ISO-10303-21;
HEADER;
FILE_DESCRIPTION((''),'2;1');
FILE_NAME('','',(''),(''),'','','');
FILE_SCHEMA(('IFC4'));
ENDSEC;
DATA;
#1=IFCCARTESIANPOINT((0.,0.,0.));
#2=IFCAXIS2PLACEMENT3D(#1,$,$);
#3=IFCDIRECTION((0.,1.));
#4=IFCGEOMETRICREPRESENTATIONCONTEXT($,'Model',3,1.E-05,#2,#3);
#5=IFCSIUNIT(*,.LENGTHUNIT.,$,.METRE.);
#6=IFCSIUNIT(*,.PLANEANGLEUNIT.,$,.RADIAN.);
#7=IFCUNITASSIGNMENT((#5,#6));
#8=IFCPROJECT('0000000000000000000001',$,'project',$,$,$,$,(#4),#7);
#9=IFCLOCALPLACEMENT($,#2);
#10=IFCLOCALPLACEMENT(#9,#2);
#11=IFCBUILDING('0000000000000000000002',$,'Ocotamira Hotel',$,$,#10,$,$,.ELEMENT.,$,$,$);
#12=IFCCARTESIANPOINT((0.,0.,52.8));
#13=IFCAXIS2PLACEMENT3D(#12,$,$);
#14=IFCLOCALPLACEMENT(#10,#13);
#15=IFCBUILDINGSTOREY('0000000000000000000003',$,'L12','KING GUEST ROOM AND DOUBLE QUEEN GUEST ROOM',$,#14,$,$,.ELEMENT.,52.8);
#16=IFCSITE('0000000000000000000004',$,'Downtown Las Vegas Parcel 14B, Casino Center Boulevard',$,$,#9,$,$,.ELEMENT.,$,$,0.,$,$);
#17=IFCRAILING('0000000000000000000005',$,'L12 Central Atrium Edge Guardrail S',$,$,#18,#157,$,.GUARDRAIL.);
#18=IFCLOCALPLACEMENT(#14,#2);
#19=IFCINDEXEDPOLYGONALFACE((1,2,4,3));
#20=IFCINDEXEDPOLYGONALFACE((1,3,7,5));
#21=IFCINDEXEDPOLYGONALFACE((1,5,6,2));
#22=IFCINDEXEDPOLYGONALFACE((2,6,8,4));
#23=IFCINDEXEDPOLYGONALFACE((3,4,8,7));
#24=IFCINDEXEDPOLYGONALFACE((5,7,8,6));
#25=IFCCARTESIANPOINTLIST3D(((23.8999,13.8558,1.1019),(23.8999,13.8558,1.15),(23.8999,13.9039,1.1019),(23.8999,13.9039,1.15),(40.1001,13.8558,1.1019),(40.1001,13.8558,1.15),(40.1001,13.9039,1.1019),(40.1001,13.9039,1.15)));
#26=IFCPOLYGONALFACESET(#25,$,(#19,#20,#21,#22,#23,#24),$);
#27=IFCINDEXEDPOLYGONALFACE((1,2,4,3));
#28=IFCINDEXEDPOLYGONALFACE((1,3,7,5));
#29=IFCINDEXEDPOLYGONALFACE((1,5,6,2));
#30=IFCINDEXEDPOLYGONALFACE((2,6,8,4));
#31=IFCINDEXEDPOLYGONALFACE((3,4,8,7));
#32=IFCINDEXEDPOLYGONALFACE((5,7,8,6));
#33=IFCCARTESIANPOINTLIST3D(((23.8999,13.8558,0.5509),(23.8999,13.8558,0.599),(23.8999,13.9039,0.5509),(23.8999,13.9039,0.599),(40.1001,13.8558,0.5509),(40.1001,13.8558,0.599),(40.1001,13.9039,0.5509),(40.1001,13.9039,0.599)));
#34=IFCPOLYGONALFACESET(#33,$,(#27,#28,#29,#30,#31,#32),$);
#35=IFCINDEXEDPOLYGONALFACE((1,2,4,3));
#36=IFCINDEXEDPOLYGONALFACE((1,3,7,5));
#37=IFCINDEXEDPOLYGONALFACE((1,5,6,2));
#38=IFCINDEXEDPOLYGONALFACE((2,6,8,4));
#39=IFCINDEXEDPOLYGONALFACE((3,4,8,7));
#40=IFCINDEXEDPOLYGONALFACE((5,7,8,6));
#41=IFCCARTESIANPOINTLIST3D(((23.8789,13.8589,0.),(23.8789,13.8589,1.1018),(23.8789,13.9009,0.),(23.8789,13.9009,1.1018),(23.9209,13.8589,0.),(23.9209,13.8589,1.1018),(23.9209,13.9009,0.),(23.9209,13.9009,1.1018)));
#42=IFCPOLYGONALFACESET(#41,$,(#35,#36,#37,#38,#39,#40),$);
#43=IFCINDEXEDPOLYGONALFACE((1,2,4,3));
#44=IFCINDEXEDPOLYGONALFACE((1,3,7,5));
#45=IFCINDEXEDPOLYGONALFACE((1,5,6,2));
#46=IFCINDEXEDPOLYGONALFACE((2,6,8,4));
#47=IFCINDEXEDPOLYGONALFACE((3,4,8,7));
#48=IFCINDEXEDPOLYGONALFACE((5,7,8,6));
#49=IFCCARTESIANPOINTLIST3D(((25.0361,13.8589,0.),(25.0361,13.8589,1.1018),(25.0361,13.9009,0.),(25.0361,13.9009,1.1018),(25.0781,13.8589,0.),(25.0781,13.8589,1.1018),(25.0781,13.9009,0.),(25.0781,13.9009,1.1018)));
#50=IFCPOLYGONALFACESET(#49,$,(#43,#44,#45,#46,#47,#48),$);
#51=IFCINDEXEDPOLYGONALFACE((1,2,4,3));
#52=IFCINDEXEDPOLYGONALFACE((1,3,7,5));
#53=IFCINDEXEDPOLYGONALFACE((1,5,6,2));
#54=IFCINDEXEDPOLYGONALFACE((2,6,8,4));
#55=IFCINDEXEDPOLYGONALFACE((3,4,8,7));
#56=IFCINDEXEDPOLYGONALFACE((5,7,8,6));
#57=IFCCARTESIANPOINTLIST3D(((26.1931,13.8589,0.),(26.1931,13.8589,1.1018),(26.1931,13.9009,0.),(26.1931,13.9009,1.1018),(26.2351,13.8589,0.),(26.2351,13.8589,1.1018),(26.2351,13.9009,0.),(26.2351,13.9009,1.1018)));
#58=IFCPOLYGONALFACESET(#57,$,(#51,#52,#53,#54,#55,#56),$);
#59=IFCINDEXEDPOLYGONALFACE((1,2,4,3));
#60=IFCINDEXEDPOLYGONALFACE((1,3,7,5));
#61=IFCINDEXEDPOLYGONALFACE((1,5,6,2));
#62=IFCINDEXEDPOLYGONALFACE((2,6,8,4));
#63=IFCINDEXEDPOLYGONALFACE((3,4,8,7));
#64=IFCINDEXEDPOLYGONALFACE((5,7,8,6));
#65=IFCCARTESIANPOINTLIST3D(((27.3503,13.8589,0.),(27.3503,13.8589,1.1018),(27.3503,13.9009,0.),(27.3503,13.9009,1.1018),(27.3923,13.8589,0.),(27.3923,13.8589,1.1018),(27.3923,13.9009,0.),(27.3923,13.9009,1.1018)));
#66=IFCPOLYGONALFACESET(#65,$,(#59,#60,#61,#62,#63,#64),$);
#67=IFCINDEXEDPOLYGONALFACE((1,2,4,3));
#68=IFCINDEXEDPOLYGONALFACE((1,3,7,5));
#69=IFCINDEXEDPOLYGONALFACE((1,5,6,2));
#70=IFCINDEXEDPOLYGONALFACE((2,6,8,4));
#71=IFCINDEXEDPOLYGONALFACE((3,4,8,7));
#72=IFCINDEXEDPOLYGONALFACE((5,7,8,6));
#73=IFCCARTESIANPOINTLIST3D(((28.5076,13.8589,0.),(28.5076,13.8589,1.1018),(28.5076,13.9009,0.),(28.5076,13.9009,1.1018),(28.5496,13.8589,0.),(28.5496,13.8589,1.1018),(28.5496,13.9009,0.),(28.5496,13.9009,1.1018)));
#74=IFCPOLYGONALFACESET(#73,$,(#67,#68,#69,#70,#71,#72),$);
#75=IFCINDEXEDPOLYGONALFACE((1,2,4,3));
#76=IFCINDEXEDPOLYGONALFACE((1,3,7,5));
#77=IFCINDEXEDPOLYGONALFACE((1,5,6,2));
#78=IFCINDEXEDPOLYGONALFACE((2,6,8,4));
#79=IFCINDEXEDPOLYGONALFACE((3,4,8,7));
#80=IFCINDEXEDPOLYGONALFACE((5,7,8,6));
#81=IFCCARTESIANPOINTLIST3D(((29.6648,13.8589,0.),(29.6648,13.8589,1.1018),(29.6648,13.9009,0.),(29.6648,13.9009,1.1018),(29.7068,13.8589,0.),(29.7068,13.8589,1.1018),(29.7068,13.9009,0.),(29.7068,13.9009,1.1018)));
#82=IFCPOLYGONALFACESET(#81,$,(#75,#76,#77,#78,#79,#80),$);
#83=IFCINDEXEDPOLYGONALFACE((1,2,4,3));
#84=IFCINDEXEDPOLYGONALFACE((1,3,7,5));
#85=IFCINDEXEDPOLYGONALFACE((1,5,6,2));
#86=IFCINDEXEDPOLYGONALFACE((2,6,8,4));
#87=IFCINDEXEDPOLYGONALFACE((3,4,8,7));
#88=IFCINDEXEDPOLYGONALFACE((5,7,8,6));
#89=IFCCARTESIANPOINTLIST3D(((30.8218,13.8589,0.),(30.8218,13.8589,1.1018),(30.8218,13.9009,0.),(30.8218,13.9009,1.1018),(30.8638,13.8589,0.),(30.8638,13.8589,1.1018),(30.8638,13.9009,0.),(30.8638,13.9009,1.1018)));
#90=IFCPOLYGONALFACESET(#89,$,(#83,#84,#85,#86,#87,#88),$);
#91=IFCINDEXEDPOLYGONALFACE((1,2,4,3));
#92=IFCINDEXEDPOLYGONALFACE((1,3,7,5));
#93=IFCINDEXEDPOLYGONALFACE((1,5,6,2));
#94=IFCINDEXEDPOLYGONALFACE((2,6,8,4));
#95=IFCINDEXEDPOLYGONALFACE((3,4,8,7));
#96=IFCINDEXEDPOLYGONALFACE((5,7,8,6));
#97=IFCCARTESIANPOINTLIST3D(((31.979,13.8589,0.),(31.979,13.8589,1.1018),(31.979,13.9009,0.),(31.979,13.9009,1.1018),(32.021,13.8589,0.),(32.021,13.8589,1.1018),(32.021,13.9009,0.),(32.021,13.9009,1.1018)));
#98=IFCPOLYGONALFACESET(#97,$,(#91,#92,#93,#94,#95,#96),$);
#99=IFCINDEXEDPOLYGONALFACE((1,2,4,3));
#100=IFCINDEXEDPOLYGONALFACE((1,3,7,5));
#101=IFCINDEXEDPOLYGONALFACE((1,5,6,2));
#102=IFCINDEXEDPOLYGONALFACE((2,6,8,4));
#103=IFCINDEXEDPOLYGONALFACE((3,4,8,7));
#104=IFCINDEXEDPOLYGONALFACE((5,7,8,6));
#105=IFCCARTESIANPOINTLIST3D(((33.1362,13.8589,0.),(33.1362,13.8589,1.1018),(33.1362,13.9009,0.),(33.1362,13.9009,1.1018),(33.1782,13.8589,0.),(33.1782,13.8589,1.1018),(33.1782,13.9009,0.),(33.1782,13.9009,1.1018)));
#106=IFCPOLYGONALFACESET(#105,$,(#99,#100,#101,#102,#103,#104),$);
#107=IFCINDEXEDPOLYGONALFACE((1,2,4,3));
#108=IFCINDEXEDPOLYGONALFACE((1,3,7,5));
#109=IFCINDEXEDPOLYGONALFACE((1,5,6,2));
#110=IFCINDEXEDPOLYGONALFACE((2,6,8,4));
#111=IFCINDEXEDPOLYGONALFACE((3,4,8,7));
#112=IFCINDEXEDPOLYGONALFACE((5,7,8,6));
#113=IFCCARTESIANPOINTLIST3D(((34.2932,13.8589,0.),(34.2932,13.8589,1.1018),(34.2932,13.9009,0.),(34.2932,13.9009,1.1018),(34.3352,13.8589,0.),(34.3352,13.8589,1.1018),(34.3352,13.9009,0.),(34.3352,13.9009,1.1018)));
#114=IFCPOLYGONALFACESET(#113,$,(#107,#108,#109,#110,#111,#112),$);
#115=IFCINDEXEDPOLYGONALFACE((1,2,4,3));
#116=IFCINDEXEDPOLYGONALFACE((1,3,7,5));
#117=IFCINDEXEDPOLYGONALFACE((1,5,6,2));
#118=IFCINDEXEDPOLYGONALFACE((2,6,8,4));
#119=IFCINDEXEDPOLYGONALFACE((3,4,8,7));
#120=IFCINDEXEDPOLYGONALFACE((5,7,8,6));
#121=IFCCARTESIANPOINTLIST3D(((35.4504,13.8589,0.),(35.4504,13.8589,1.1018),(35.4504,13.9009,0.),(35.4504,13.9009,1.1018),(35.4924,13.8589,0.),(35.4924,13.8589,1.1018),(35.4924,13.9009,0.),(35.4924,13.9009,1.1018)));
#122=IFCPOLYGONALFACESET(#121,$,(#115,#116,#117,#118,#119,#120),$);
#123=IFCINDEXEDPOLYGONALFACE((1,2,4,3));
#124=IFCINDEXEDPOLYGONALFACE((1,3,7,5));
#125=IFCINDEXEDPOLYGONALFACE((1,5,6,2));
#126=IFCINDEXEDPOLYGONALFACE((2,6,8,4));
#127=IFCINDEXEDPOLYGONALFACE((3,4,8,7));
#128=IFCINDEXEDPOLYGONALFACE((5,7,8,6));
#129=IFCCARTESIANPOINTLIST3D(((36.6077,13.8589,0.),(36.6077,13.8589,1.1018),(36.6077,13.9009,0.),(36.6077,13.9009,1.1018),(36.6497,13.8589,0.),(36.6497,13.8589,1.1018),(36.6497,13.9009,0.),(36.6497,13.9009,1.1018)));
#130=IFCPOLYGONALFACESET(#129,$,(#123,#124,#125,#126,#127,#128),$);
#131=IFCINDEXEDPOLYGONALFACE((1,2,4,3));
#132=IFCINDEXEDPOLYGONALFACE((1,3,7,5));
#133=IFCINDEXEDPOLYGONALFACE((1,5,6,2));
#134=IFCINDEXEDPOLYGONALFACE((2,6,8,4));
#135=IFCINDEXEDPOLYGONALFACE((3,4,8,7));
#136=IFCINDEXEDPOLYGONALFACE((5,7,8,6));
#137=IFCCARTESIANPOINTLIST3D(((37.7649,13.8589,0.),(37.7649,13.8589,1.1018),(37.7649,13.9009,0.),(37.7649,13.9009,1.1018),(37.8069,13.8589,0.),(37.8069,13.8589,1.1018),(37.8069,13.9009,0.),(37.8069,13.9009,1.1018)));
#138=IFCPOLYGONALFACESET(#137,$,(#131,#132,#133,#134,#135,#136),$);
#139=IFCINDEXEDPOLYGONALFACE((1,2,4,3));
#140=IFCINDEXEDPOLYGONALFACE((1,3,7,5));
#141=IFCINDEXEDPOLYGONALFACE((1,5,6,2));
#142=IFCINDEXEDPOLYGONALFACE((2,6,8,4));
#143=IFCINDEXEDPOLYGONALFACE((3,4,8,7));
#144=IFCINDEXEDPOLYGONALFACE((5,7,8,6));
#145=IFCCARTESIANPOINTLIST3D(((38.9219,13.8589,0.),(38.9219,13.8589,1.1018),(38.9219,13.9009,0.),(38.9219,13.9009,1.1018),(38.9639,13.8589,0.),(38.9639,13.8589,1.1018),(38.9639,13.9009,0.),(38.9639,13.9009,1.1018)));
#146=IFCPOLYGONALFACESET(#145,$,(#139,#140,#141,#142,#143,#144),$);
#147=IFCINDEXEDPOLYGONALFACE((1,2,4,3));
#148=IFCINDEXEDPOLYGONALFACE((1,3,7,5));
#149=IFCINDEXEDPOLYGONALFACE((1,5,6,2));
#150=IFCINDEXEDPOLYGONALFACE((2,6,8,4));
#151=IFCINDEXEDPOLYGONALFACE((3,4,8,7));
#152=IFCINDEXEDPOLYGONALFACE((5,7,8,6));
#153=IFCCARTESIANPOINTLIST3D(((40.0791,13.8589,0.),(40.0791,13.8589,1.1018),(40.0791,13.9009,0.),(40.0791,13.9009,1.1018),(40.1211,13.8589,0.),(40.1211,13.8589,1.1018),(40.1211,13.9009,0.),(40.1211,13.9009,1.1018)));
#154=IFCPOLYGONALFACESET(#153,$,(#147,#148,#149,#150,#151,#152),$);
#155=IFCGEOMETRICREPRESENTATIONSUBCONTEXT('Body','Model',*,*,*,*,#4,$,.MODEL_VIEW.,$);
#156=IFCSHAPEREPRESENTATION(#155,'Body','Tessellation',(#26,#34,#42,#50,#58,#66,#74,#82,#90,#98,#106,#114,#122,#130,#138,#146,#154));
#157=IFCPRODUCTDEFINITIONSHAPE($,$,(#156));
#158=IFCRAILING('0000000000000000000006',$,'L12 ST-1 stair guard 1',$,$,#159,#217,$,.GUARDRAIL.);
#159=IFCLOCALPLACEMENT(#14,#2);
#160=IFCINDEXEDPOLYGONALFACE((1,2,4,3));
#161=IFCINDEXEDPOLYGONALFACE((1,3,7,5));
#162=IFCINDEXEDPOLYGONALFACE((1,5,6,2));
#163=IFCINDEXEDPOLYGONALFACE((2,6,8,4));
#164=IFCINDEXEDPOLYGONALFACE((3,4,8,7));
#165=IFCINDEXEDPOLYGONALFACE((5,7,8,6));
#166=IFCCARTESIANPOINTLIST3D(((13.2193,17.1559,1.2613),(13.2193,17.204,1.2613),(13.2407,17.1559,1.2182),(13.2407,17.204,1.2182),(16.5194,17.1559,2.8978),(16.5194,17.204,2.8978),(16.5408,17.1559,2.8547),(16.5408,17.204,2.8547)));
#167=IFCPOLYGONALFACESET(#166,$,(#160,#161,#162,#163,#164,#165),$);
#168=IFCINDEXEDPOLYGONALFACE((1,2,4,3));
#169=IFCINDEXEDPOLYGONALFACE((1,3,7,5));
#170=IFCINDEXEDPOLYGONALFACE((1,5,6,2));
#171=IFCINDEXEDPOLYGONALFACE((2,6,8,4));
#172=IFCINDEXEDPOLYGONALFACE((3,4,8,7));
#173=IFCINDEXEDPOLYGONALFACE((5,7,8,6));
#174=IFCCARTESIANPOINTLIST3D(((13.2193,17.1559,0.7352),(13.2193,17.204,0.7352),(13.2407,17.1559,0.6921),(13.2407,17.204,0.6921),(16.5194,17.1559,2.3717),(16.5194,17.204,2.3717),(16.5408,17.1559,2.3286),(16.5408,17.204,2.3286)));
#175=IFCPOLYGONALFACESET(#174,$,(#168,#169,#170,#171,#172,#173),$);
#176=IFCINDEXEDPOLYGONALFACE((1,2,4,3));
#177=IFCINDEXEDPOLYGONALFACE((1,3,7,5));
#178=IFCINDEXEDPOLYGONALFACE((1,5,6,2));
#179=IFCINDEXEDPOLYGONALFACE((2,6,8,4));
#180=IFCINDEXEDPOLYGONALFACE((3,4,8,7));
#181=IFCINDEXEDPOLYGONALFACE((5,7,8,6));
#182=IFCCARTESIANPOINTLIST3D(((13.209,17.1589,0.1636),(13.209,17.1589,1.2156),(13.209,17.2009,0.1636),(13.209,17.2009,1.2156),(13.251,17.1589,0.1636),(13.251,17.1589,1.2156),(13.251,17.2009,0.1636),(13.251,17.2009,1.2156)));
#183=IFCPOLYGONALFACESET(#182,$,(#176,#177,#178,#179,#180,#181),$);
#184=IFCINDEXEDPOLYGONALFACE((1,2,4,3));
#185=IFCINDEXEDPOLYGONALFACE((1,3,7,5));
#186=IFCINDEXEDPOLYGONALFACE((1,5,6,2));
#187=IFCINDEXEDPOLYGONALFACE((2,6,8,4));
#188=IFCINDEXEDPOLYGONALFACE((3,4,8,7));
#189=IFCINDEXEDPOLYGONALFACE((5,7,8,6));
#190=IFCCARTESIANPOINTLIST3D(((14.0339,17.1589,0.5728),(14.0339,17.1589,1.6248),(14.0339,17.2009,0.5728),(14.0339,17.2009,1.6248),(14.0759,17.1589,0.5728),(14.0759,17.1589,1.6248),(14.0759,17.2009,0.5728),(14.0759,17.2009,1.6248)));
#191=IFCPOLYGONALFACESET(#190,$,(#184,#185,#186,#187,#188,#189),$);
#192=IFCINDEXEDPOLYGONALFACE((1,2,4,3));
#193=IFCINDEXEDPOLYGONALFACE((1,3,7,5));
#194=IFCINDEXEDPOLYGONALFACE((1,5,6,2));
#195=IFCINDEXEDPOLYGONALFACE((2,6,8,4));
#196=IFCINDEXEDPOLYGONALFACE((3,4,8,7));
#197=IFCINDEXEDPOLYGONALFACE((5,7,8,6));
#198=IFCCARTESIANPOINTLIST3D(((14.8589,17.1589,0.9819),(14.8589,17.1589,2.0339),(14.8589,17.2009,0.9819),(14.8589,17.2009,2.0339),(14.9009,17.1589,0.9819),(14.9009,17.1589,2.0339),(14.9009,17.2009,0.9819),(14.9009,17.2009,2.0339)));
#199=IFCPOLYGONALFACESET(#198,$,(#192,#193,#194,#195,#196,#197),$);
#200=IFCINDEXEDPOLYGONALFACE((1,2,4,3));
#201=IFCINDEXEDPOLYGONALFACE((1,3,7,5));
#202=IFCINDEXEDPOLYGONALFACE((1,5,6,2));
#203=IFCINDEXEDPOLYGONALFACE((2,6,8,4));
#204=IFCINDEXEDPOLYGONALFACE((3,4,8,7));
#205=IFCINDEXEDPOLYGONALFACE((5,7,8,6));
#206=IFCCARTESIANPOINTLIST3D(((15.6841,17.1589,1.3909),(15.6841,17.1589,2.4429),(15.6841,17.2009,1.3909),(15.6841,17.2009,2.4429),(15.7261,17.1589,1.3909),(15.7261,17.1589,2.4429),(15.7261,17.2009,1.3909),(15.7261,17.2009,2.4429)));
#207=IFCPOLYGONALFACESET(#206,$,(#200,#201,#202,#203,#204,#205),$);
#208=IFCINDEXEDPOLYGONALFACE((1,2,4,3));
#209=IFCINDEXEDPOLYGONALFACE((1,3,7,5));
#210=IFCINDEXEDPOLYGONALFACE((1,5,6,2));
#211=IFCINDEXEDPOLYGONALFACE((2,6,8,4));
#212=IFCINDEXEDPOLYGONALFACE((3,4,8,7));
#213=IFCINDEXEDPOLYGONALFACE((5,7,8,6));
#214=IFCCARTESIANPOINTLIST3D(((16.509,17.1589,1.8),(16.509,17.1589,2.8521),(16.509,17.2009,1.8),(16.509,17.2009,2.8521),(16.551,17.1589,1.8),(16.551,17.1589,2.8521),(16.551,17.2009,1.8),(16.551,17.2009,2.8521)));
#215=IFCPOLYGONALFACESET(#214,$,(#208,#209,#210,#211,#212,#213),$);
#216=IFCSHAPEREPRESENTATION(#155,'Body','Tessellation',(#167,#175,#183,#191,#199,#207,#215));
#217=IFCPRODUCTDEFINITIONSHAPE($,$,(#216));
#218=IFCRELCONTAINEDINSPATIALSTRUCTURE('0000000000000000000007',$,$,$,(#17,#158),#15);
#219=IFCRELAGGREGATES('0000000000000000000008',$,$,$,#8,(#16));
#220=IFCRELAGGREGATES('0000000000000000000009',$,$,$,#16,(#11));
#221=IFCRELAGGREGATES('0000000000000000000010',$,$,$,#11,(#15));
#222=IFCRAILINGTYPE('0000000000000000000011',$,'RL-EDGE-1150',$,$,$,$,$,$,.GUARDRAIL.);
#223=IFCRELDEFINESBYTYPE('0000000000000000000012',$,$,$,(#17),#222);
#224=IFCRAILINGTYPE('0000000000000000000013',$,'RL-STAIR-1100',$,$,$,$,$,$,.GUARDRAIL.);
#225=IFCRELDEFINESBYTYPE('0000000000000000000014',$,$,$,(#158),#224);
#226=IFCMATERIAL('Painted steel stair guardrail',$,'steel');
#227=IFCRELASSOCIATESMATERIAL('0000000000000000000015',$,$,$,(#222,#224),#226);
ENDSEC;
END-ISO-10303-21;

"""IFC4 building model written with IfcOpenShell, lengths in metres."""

from ifc_helpers import new_model, si_unit, direction, frame, origin, origin_2d, place, context, subcontext, project, spatial, rectangle, extrude, material, type_object, element, save


model = new_model("IFC4")

# Units and contexts
model_context = context("Model", 3, precision=1e-05, world=origin(), true_north=direction((0.0, 1.0)))
body_context = subcontext(model_context, "Body", "Model", "MODEL_VIEW")
ifc_project = project(units=[si_unit("LENGTHUNIT", "METRE"), si_unit("PLANEANGLEUNIT", "RADIAN")], contexts=[model_context])

# Site, building, storey
site_placement = place(None, origin())
site = spatial("IfcSite", under=ifc_project, at=site_placement, Name="Downtown Las Vegas Parcel 14B, Casino Center Boulevard", CompositionType="ELEMENT", RefElevation=0.0)
building_placement = place(site_placement, origin())
building = spatial("IfcBuilding", under=site, at=building_placement, Name="Ocotamira Hotel", CompositionType="ELEMENT")
storey_placement = place(building_placement, frame((0.0, 0.0, 52.8)))
storey = spatial("IfcBuildingStorey", under=building, at=storey_placement, Name="L12", Description="KING GUEST ROOM AND DOUBLE QUEEN GUEST ROOM", CompositionType="ELEMENT", Elevation=52.8)

# Railings
ifc_material_1 = material(Name="Painted steel stair guardrail", Category="steel")
railing_type_1 = type_object("IfcRailingType", Name="RL-EDGE-1150", PredefinedType="GUARDRAIL", material=ifc_material_1)
railing_1_placement = place(storey_placement, frame((23.8999, 13.8799, 0.0)))
element("IfcRailing", 1, at=railing_1_placement, inside=storey, type_object=railing_type_1, Name="L12 Central Atrium Edge Guardrail S", PredefinedType="GUARDRAIL", context=body_context, shape_type="SweptSolid", body=[
    extrude(rectangle(XDim=0.0481, YDim=0.0481, at=origin_2d()), frame((0.0, 0.0, 1.126), z_axis=(1.0, 0.0, 0.0), x_axis=(0.0, 1.0, 0.0)), (0.0, 0.0, 1.0), 16.2002),
    extrude(rectangle(XDim=0.0481, YDim=0.0481, at=origin_2d()), frame((0.0, 0.0, 0.575), z_axis=(1.0, 0.0, 0.0), x_axis=(0.0, 1.0, 0.0)), (0.0, 0.0, 1.0), 16.2002),
    extrude(rectangle(XDim=0.042, YDim=0.042, at=origin_2d()), origin(), (0.0, 0.0, 1.0), 1.1018),
    extrude(rectangle(XDim=0.042, YDim=0.042, at=origin_2d()), frame((1.1572, 0.0, 0.0)), (0.0, 0.0, 1.0), 1.1018),
    extrude(rectangle(XDim=0.042, YDim=0.042, at=origin_2d()), frame((2.3142, 0.0, 0.0)), (0.0, 0.0, 1.0), 1.1018),
    extrude(rectangle(XDim=0.042, YDim=0.042, at=origin_2d()), frame((3.4714, 0.0, 0.0)), (0.0, 0.0, 1.0), 1.1018),
    extrude(rectangle(XDim=0.042, YDim=0.042, at=origin_2d()), frame((4.6287, 0.0, 0.0)), (0.0, 0.0, 1.0), 1.1018),
    extrude(rectangle(XDim=0.042, YDim=0.042, at=origin_2d()), frame((5.7859, 0.0, 0.0)), (0.0, 0.0, 1.0), 1.1018),
    extrude(rectangle(XDim=0.042, YDim=0.042, at=origin_2d()), frame((6.9429, 0.0, 0.0)), (0.0, 0.0, 1.0), 1.1018),
    extrude(rectangle(XDim=0.042, YDim=0.042, at=origin_2d()), frame((8.1001, 0.0, 0.0)), (0.0, 0.0, 1.0), 1.1018),
    extrude(rectangle(XDim=0.042, YDim=0.042, at=origin_2d()), frame((9.2573, 0.0, 0.0)), (0.0, 0.0, 1.0), 1.1018),
    extrude(rectangle(XDim=0.042, YDim=0.042, at=origin_2d()), frame((10.4143, 0.0, 0.0)), (0.0, 0.0, 1.0), 1.1018),
    extrude(rectangle(XDim=0.042, YDim=0.042, at=origin_2d()), frame((11.5715, 0.0, 0.0)), (0.0, 0.0, 1.0), 1.1018),
    extrude(rectangle(XDim=0.042, YDim=0.042, at=origin_2d()), frame((12.7288, 0.0, 0.0)), (0.0, 0.0, 1.0), 1.1018),
    extrude(rectangle(XDim=0.042, YDim=0.042, at=origin_2d()), frame((13.886, 0.0, 0.0)), (0.0, 0.0, 1.0), 1.1018),
    extrude(rectangle(XDim=0.042, YDim=0.042, at=origin_2d()), frame((15.043, 0.0, 0.0)), (0.0, 0.0, 1.0), 1.1018),
    extrude(rectangle(XDim=0.042, YDim=0.042, at=origin_2d()), frame((16.2002, 0.0, 0.0)), (0.0, 0.0, 1.0), 1.1018),
])
railing_type_2 = type_object("IfcRailingType", Name="RL-STAIR-1100", PredefinedType="GUARDRAIL", material=ifc_material_1)
railing_2_placement = place(storey_placement, frame((13.23, 17.1799, 0.1636)))
element("IfcRailing", 2, at=railing_2_placement, inside=storey, type_object=railing_type_2, Name="L12 ST-1 stair guard 1", PredefinedType="GUARDRAIL", context=body_context, shape_type="SweptSolid", body=[
    extrude(rectangle(XDim=0.0481, YDim=0.0481, at=origin_2d()), frame((0.0, 0.0, 1.0762), z_axis=(0.895894, 0.0, 0.444268), x_axis=(0.0, 1.0, 0.0)), (0.0, 0.0, 1.0), 3.6836),
    extrude(rectangle(XDim=0.0481, YDim=0.0481, at=origin_2d()), frame((0.0, 0.0, 0.55), z_axis=(0.895894, 0.0, 0.444268), x_axis=(0.0, 1.0, 0.0)), (0.0, 0.0, 1.0), 3.6836),
    extrude(rectangle(XDim=0.042, YDim=0.042, at=origin_2d()), origin(), (0.0, 0.0, 1.0), 1.052),
    extrude(rectangle(XDim=0.042, YDim=0.042, at=origin_2d()), frame((0.825, 0.0, 0.4092)), (0.0, 0.0, 1.0), 1.052),
    extrude(rectangle(XDim=0.042, YDim=0.042, at=origin_2d()), frame((1.6499, 0.0, 0.8184)), (0.0, 0.0, 1.0), 1.052),
    extrude(rectangle(XDim=0.042, YDim=0.042, at=origin_2d()), frame((2.4751, 0.0, 1.2273)), (0.0, 0.0, 1.0), 1.052),
    extrude(rectangle(XDim=0.042, YDim=0.042, at=origin_2d()), frame((3.3, 0.0, 1.6365)), (0.0, 0.0, 1.0), 1.052),
])

save(model, "model.ifc")
